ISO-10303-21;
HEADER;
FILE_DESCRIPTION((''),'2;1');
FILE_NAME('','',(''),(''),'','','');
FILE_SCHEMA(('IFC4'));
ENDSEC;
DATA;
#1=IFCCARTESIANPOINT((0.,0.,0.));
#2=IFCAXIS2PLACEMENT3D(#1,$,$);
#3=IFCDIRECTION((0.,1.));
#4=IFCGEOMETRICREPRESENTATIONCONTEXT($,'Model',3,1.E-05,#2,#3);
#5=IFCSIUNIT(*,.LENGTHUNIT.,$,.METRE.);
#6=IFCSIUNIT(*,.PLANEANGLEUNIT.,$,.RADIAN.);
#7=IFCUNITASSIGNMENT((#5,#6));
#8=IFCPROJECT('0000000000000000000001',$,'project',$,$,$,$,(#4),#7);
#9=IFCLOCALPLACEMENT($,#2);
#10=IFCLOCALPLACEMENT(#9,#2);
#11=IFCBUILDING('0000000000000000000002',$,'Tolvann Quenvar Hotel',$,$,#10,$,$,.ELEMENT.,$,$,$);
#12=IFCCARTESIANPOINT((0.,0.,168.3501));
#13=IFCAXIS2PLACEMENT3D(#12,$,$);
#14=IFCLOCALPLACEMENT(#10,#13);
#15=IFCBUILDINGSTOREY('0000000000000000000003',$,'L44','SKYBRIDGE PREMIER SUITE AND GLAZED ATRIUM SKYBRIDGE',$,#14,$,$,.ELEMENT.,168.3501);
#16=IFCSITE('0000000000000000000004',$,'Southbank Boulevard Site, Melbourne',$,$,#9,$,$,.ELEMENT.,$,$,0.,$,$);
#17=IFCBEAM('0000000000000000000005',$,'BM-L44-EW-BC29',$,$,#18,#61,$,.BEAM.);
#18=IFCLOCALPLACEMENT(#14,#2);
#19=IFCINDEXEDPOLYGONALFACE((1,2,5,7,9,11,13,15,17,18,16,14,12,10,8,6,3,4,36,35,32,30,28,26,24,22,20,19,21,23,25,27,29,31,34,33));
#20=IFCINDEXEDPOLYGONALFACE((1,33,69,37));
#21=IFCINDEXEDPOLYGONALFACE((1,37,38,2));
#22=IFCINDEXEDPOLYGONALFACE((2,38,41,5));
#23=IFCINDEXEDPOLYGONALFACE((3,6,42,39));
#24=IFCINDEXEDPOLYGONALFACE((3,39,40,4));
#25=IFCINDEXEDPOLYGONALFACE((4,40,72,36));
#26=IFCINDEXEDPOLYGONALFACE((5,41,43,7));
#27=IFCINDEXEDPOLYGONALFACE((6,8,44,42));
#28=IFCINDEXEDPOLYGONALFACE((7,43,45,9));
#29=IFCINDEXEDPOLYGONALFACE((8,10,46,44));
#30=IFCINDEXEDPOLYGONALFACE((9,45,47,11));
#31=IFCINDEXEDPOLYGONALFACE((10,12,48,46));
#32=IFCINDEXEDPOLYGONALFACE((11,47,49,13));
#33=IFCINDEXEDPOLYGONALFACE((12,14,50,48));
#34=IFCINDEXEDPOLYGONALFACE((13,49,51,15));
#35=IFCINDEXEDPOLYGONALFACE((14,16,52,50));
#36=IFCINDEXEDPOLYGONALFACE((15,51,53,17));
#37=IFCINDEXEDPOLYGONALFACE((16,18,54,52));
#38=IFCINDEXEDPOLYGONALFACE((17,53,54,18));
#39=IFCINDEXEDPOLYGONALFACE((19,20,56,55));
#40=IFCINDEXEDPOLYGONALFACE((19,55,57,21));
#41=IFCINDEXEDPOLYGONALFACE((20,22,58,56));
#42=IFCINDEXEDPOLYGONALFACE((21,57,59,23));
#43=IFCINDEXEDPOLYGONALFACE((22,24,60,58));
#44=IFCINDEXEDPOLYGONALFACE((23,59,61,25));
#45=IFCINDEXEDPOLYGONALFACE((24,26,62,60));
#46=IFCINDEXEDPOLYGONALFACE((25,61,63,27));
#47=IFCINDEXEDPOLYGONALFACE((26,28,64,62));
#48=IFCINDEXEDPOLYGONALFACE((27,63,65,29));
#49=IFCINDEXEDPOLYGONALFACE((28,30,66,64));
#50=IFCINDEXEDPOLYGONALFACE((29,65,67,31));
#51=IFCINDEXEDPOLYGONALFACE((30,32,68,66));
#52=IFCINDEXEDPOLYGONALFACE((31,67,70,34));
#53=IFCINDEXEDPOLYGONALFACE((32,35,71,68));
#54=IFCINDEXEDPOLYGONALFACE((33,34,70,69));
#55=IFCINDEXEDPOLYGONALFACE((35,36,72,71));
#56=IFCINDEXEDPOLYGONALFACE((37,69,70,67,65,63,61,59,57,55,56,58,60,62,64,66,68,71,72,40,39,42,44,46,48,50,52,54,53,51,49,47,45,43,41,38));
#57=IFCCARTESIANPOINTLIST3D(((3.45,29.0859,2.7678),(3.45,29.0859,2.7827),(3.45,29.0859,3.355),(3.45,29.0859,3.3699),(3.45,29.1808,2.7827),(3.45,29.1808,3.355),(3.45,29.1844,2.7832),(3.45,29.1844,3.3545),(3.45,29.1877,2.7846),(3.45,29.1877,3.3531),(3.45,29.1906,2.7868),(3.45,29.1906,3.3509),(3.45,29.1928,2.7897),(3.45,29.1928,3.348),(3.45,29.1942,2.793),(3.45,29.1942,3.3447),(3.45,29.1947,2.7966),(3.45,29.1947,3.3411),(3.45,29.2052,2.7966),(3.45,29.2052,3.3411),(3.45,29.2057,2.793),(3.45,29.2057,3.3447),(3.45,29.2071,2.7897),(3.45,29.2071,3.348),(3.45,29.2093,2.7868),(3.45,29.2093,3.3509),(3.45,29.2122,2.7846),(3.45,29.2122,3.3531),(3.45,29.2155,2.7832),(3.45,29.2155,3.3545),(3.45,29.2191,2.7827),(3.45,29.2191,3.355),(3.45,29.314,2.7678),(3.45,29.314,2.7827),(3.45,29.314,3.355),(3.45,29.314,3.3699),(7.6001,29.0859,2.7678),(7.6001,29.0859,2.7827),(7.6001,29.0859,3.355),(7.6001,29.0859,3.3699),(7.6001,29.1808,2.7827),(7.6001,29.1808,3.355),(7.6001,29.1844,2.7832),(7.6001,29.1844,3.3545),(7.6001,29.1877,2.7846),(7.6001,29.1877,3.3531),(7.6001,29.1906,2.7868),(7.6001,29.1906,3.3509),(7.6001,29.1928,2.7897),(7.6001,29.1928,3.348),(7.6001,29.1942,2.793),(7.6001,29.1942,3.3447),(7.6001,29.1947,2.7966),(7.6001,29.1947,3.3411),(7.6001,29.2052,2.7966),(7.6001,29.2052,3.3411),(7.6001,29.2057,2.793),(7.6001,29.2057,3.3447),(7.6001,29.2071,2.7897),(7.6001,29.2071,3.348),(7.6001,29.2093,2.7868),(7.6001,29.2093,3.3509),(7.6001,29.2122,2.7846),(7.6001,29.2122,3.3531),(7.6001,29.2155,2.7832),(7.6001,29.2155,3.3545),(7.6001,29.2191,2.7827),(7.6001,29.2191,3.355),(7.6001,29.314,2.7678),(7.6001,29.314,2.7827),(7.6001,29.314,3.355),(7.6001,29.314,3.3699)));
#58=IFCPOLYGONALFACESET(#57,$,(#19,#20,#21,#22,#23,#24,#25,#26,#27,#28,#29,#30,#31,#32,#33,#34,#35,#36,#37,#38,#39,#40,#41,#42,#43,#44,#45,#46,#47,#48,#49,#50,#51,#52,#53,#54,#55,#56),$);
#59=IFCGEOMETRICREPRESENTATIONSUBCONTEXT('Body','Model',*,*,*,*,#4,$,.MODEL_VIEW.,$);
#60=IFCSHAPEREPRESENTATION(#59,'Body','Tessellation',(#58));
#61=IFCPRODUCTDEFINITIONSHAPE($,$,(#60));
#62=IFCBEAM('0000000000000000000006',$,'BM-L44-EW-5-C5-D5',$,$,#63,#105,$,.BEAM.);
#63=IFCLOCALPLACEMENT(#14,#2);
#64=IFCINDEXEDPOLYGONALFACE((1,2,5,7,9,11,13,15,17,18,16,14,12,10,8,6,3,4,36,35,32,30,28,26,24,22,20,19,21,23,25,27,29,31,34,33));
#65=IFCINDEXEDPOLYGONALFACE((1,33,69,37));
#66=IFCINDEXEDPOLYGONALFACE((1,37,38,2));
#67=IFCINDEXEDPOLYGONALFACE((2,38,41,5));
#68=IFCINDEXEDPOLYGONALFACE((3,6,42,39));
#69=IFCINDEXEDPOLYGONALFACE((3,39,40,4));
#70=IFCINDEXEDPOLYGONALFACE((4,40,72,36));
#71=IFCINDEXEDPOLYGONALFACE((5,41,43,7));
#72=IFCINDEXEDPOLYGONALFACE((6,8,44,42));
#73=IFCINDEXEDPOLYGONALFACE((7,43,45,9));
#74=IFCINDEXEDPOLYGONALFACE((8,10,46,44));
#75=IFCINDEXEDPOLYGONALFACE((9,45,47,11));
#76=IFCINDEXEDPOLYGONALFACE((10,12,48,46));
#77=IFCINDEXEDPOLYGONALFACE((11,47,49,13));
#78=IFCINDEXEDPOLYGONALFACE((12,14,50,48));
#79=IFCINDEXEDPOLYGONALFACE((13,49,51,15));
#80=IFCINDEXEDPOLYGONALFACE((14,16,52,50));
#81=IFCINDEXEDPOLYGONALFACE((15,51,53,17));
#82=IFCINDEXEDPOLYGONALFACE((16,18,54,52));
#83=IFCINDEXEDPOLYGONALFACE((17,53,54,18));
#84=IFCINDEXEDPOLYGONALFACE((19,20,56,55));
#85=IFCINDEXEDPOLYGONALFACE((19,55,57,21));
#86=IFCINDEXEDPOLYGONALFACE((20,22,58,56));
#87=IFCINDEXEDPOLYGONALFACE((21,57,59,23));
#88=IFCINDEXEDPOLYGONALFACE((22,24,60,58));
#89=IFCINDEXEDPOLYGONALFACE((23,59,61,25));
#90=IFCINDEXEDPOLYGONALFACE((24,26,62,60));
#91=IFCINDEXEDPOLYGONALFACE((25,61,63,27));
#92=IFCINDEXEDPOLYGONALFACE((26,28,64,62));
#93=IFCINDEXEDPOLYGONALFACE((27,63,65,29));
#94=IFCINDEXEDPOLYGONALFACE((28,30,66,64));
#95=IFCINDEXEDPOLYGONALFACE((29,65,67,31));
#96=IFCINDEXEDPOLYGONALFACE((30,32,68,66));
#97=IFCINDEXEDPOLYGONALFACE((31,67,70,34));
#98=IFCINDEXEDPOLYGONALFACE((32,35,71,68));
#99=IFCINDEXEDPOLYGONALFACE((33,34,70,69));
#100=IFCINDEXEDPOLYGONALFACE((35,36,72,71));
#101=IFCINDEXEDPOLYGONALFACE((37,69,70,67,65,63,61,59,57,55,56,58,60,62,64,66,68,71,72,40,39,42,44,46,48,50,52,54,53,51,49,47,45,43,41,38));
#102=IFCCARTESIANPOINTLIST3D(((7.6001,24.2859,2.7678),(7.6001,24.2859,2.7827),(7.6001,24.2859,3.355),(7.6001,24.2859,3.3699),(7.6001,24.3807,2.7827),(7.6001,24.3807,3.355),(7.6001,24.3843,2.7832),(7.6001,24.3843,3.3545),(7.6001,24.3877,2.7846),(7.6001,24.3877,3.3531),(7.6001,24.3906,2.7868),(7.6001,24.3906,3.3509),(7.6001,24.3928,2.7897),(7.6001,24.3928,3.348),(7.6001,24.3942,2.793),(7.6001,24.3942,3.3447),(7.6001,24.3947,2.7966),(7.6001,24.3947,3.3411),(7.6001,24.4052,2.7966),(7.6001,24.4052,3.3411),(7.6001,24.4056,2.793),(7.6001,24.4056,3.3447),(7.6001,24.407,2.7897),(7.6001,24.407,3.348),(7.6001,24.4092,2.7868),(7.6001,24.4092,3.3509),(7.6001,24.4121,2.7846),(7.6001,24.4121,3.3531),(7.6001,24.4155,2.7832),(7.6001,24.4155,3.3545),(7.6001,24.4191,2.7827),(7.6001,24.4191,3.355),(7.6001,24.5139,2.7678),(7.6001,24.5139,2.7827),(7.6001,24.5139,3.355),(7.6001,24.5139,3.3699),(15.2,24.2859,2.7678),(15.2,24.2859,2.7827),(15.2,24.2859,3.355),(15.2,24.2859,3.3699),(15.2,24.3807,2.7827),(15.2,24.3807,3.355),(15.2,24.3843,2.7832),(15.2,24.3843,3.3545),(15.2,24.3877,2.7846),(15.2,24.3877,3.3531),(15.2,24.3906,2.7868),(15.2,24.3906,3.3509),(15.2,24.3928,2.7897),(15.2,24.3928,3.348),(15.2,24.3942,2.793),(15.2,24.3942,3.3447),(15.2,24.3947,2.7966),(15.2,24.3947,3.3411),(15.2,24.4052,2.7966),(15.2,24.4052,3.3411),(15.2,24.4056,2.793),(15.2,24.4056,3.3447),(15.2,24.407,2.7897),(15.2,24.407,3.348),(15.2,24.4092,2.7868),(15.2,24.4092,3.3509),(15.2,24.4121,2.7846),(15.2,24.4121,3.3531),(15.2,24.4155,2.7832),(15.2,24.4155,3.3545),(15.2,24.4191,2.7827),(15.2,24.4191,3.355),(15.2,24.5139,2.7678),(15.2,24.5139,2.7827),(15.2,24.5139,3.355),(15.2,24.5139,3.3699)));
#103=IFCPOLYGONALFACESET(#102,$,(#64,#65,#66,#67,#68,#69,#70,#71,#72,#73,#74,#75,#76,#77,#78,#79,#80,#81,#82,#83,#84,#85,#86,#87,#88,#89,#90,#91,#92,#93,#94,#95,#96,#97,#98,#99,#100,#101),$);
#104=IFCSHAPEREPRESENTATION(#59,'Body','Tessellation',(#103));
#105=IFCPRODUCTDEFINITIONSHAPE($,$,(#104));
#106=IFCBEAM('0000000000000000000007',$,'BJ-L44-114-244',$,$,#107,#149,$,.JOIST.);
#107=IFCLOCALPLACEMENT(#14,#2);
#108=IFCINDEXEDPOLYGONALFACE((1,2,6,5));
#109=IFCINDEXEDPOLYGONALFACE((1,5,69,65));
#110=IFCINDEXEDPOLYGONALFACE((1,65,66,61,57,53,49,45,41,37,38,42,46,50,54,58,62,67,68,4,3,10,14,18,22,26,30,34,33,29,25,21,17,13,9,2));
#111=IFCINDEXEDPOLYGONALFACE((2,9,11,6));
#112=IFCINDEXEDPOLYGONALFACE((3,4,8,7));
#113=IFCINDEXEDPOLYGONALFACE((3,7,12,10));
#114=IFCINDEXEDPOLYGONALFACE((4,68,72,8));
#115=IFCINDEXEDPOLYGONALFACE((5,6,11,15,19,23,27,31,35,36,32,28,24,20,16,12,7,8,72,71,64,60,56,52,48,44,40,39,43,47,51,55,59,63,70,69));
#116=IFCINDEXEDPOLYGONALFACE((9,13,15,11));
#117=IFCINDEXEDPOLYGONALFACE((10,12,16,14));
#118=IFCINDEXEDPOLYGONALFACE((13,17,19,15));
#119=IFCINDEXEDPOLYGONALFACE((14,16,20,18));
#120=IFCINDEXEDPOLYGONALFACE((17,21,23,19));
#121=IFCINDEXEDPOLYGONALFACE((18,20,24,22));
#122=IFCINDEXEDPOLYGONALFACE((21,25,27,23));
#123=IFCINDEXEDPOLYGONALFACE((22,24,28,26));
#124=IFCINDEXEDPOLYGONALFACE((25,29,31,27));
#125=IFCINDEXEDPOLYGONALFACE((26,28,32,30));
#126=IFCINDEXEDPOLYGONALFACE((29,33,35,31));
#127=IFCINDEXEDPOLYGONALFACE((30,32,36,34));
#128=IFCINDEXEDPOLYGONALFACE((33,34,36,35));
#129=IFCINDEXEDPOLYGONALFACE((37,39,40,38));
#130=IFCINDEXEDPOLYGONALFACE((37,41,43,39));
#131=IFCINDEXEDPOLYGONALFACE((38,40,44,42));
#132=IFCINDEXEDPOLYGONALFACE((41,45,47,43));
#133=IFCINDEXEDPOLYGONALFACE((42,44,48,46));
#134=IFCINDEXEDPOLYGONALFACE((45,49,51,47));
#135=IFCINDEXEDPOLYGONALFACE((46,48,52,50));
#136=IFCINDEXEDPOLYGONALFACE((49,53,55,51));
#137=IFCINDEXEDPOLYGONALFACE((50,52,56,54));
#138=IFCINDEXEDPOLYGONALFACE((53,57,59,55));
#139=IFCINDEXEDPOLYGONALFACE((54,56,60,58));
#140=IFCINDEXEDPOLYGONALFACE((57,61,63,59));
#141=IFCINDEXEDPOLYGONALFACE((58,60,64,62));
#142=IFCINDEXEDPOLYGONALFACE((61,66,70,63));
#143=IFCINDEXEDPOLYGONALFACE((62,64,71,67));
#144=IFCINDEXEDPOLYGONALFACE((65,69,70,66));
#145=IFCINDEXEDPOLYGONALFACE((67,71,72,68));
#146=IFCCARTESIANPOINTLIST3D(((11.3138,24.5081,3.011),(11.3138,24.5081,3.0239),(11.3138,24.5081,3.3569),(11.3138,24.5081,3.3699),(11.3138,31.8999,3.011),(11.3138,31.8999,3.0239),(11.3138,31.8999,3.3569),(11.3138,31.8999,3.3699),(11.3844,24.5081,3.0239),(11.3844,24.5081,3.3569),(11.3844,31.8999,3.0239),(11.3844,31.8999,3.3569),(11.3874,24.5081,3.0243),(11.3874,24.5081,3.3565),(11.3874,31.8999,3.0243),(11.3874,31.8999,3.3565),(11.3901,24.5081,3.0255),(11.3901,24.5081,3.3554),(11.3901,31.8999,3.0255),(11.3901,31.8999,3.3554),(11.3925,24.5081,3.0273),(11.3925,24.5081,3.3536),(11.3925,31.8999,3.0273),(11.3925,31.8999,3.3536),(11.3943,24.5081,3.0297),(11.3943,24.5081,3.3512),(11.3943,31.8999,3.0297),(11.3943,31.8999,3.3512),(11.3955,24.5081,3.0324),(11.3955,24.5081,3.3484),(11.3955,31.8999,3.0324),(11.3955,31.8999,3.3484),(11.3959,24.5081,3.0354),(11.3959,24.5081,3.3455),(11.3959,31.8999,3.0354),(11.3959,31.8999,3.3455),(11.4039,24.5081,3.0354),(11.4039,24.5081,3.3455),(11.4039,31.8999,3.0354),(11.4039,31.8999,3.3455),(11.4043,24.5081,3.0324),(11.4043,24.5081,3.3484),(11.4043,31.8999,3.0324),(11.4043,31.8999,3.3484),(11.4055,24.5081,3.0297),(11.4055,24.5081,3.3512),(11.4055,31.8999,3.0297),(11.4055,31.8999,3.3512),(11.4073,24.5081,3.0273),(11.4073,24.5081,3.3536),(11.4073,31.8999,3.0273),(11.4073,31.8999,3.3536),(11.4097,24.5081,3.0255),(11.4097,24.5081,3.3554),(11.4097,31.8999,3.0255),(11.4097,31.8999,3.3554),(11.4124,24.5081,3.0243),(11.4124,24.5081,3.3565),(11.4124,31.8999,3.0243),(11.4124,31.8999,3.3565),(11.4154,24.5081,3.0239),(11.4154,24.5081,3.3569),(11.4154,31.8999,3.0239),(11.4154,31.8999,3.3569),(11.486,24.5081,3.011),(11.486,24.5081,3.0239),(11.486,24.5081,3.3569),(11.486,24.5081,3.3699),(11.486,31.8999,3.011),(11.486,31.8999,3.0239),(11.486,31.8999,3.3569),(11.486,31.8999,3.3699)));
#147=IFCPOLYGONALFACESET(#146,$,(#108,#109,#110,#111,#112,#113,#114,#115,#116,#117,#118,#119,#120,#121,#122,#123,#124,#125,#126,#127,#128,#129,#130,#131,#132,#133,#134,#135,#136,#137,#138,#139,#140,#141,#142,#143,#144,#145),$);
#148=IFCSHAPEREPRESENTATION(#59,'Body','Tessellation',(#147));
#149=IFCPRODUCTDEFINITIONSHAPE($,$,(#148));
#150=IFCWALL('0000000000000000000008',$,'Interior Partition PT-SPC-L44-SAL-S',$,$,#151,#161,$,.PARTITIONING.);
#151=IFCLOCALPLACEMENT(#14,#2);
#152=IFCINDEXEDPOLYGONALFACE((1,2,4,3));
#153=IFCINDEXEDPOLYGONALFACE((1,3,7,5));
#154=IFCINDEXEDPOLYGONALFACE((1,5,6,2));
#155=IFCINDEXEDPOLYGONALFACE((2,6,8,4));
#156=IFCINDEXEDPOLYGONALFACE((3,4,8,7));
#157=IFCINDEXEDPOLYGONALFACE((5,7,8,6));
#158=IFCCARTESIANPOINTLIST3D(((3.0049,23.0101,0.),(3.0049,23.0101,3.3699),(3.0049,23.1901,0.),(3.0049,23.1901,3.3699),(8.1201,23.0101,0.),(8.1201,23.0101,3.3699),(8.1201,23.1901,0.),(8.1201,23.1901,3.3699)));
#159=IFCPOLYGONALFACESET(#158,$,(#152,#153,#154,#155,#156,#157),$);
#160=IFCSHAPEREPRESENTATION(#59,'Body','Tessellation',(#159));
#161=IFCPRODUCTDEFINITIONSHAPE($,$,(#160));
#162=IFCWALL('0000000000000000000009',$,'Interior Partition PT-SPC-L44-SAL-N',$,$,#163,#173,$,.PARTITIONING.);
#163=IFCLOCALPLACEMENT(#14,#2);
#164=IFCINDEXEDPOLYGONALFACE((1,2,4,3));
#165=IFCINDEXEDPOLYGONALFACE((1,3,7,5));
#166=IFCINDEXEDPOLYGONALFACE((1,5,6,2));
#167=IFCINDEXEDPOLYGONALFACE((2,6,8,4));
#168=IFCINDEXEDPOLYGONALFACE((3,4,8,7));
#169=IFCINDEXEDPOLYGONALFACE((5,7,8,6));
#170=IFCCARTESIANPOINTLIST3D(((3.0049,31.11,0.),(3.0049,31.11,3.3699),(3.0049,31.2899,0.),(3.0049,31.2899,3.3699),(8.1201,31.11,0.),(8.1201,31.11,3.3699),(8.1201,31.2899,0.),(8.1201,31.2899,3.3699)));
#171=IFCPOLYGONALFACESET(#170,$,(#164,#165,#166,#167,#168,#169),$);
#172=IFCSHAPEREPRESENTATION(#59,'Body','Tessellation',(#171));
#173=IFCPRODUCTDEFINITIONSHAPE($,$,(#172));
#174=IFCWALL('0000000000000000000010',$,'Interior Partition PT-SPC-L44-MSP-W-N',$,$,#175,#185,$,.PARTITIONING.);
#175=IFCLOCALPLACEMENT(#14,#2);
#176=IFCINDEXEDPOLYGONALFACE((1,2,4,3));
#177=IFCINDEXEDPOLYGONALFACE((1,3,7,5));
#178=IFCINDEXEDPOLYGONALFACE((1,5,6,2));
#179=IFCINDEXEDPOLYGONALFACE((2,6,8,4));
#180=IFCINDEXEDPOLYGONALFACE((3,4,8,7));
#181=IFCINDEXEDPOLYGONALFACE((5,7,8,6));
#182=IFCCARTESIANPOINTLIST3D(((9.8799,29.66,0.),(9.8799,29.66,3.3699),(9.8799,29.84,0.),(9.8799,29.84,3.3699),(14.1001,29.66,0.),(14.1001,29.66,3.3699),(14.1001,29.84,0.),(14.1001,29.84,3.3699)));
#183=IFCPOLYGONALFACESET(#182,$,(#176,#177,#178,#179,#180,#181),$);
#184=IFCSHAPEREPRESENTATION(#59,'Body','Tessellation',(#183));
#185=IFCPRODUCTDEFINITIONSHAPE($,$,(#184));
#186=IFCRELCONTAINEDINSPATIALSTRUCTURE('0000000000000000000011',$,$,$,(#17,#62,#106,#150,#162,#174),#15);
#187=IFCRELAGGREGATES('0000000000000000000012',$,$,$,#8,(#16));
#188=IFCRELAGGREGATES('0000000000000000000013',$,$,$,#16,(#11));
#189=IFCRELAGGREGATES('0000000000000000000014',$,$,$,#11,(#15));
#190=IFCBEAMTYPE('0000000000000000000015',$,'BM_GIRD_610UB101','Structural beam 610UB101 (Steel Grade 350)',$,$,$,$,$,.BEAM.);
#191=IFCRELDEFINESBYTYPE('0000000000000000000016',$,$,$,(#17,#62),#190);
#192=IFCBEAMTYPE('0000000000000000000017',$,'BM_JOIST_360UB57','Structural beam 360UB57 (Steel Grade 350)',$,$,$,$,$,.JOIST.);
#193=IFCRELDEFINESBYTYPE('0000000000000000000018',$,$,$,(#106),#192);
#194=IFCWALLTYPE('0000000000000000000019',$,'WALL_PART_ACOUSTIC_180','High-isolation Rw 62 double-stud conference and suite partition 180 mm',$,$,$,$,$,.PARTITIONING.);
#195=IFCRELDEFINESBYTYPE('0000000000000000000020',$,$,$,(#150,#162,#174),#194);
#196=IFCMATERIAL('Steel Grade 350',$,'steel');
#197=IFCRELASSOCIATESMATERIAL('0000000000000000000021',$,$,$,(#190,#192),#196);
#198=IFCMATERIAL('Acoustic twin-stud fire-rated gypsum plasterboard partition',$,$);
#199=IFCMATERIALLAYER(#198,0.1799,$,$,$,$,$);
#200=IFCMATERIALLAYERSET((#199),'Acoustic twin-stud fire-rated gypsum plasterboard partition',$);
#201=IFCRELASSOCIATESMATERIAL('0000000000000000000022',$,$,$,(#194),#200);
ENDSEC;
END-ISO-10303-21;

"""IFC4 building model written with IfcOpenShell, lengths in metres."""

from ifc_helpers import new_model, si_unit, direction, frame, frame_2d, origin, origin_2d, place, context, subcontext, project, spatial, rectangle, i_section, extrude, source, transform, mapped, material, layer, layer_set, material_profile, profile_set, type_object, type_shapes, element, save


model = new_model("IFC4")

# Units and contexts
model_context = context("Model", 3, precision=1e-05, world=origin(), true_north=direction((0.0, 1.0)))
body_context = subcontext(model_context, "Body", "Model", "MODEL_VIEW")
ifc_project = project(units=[si_unit("LENGTHUNIT", "METRE"), si_unit("PLANEANGLEUNIT", "RADIAN")], contexts=[model_context])

# Site, building, storey
site_placement = place(None, origin())
site = spatial("IfcSite", under=ifc_project, at=site_placement, Name="Southbank Boulevard Site, Melbourne", CompositionType="ELEMENT", RefElevation=0.0)
building_placement = place(site_placement, origin())
building = spatial("IfcBuilding", under=site, at=building_placement, Name="Tolvann Quenvar Hotel", CompositionType="ELEMENT")
storey_placement = place(building_placement, frame((0.0, 0.0, 168.3501)))
storey = spatial("IfcBuildingStorey", under=building, at=storey_placement, Name="L44", Description="SKYBRIDGE PREMIER SUITE AND GLAZED ATRIUM SKYBRIDGE", CompositionType="ELEMENT", Elevation=168.3501)

# Shared definitions
ifc_material_1 = material(Name="Steel Grade 350", Category="steel")

# Beams
ifc_material_profile_1 = material_profile(ifc_material_1, i_section(OverallWidth=0.228, OverallDepth=0.6021, WebThickness=0.0105, FlangeThickness=0.0149, FilletRadius=0.0139, at=origin_2d()), Name="610UB101")
ifc_profile_set_1 = profile_set([ifc_material_profile_1], Name="Steel Grade 350")
beam_type_1 = type_object("IfcBeamType", Name="BM_GIRD_610UB101", Description="Structural beam 610UB101 (Steel Grade 350)", PredefinedType="BEAM", material=ifc_profile_set_1)
shared_shape_1 = source(origin(), body_context, "Body", "SweptSolid", [
    extrude(i_section(OverallWidth=0.228, OverallDepth=0.6021, WebThickness=0.0105, FlangeThickness=0.0149, FilletRadius=0.0139, at=origin_2d()), origin(), (0.0, 0.0, 1.0), 4.1501),
])
for number, where, z_axis, x_axis, name in (
    (1, (3.45, 29.2, 3.0688), (1.0, 0.0, 0.0), (0.0, 1.0, 0.0), "BM-L44-EW-BC29"),
):
    element("IfcBeam", number, at=place(storey_placement, frame(where, z_axis=z_axis, x_axis=x_axis)), inside=storey, type_object=beam_type_1, Name=name, PredefinedType="BEAM", context=body_context, shape_type="MappedRepresentation", body=[
        mapped(shared_shape_1, transform((0.0, 0.0, 0.0), x_axis=(1.0, 0.0, 0.0), y_axis=(0.0, 1.0, 0.0), z_axis=(0.0, 0.0, 1.0), scale=1.0)),
    ])
shared_shape_2 = source(origin(), body_context, "Body", "SweptSolid", [
    extrude(i_section(OverallWidth=0.228, OverallDepth=0.6021, WebThickness=0.0105, FlangeThickness=0.0149, FilletRadius=0.0139, at=origin_2d()), origin(), (0.0, 0.0, 1.0), 7.5999),
])
type_shapes(beam_type_1, [shared_shape_1, shared_shape_2])
beam_1_placement = place(storey_placement, frame((7.6001, 24.3999, 3.0688), z_axis=(1.0, 0.0, 0.0), x_axis=(0.0, 1.0, 0.0)))
element("IfcBeam", 2, at=beam_1_placement, inside=storey, type_object=beam_type_1, Name="BM-L44-EW-5-C5-D5", PredefinedType="BEAM", context=body_context, shape_type="MappedRepresentation", body=[
    mapped(shared_shape_2, transform((0.0, 0.0, 0.0), x_axis=(1.0, 0.0, 0.0), y_axis=(0.0, 1.0, 0.0), z_axis=(0.0, 0.0, 1.0), scale=1.0)),
])
ifc_material_profile_2 = material_profile(ifc_material_1, i_section(OverallWidth=0.1721, OverallDepth=0.3589, WebThickness=0.0081, FlangeThickness=0.0129, FilletRadius=0.0115, at=origin_2d()), Name="360UB57")
ifc_profile_set_2 = profile_set([ifc_material_profile_2], Name="Steel Grade 350")
beam_type_2 = type_object("IfcBeamType", Name="BM_JOIST_360UB57", Description="Structural beam 360UB57 (Steel Grade 350)", PredefinedType="JOIST", material=ifc_profile_set_2)
shared_shape_3 = source(origin(), body_context, "Body", "SweptSolid", [
    extrude(i_section(OverallWidth=0.1721, OverallDepth=0.3589, WebThickness=0.0081, FlangeThickness=0.0129, FilletRadius=0.0115, at=origin_2d()), origin(), (0.0, 0.0, 1.0), 7.3918),
])
type_shapes(beam_type_2, [shared_shape_3])
beam_2_placement = place(storey_placement, frame((11.3999, 24.5081, 3.1904), z_axis=(0.0, 1.0, 0.0), x_axis=(-1.0, 0.0, 0.0)))
element("IfcBeam", 3, at=beam_2_placement, inside=storey, type_object=beam_type_2, Name="BJ-L44-114-244", PredefinedType="JOIST", context=body_context, shape_type="MappedRepresentation", body=[
    mapped(shared_shape_3, transform((0.0, 0.0, 0.0), x_axis=(1.0, 0.0, 0.0), y_axis=(0.0, 1.0, 0.0), z_axis=(0.0, 0.0, 1.0), scale=1.0)),
])

# Walls
ifc_material_2 = material(Name="Acoustic twin-stud fire-rated gypsum plasterboard partition")
ifc_layer_1 = layer(ifc_material_2, 0.1799)
ifc_layer_set_1 = layer_set([ifc_layer_1], Name="Acoustic twin-stud fire-rated gypsum plasterboard partition")
wall_type_1 = type_object("IfcWallType", Name="WALL_PART_ACOUSTIC_180", Description="High-isolation Rw 62 double-stud conference and suite partition 180 mm", PredefinedType="PARTITIONING", material=ifc_layer_set_1)
for number, where, z_axis, x_axis, name in (
    (4, (3.0049, 23.1001, 0.0), (0.0, 0.0, 1.0), (1.0, 0.0, 0.0), "Interior Partition PT-SPC-L44-SAL-S"),
    (5, (3.0049, 31.2, 0.0), (0.0, 0.0, 1.0), (1.0, 0.0, 0.0), "Interior Partition PT-SPC-L44-SAL-N"),
):
    element("IfcWall", number, at=place(storey_placement, frame(where, z_axis=z_axis, x_axis=x_axis)), inside=storey, type_object=wall_type_1, Name=name, PredefinedType="PARTITIONING", context=body_context, shape_type="SweptSolid", body=[
        extrude(rectangle(XDim=5.1152, YDim=0.1799, at=frame_2d((2.5576, 0.0))), origin(), (0.0, 0.0, 1.0), 3.3699),
    ])

# Wall
wall_1_placement = place(storey_placement, frame((9.8799, 29.75, 0.0), z_axis=(0.0, 0.0, 1.0), x_axis=(1.0, 0.0, 0.0)))
element("IfcWall", 6, at=wall_1_placement, inside=storey, type_object=wall_type_1, Name="Interior Partition PT-SPC-L44-MSP-W-N", PredefinedType="PARTITIONING", context=body_context, shape_type="SweptSolid", body=[
    extrude(rectangle(XDim=4.2202, YDim=0.1799, at=frame_2d((2.1101, 0.0))), origin(), (0.0, 0.0, 1.0), 3.3699),
])

save(model, "model.ifc")
